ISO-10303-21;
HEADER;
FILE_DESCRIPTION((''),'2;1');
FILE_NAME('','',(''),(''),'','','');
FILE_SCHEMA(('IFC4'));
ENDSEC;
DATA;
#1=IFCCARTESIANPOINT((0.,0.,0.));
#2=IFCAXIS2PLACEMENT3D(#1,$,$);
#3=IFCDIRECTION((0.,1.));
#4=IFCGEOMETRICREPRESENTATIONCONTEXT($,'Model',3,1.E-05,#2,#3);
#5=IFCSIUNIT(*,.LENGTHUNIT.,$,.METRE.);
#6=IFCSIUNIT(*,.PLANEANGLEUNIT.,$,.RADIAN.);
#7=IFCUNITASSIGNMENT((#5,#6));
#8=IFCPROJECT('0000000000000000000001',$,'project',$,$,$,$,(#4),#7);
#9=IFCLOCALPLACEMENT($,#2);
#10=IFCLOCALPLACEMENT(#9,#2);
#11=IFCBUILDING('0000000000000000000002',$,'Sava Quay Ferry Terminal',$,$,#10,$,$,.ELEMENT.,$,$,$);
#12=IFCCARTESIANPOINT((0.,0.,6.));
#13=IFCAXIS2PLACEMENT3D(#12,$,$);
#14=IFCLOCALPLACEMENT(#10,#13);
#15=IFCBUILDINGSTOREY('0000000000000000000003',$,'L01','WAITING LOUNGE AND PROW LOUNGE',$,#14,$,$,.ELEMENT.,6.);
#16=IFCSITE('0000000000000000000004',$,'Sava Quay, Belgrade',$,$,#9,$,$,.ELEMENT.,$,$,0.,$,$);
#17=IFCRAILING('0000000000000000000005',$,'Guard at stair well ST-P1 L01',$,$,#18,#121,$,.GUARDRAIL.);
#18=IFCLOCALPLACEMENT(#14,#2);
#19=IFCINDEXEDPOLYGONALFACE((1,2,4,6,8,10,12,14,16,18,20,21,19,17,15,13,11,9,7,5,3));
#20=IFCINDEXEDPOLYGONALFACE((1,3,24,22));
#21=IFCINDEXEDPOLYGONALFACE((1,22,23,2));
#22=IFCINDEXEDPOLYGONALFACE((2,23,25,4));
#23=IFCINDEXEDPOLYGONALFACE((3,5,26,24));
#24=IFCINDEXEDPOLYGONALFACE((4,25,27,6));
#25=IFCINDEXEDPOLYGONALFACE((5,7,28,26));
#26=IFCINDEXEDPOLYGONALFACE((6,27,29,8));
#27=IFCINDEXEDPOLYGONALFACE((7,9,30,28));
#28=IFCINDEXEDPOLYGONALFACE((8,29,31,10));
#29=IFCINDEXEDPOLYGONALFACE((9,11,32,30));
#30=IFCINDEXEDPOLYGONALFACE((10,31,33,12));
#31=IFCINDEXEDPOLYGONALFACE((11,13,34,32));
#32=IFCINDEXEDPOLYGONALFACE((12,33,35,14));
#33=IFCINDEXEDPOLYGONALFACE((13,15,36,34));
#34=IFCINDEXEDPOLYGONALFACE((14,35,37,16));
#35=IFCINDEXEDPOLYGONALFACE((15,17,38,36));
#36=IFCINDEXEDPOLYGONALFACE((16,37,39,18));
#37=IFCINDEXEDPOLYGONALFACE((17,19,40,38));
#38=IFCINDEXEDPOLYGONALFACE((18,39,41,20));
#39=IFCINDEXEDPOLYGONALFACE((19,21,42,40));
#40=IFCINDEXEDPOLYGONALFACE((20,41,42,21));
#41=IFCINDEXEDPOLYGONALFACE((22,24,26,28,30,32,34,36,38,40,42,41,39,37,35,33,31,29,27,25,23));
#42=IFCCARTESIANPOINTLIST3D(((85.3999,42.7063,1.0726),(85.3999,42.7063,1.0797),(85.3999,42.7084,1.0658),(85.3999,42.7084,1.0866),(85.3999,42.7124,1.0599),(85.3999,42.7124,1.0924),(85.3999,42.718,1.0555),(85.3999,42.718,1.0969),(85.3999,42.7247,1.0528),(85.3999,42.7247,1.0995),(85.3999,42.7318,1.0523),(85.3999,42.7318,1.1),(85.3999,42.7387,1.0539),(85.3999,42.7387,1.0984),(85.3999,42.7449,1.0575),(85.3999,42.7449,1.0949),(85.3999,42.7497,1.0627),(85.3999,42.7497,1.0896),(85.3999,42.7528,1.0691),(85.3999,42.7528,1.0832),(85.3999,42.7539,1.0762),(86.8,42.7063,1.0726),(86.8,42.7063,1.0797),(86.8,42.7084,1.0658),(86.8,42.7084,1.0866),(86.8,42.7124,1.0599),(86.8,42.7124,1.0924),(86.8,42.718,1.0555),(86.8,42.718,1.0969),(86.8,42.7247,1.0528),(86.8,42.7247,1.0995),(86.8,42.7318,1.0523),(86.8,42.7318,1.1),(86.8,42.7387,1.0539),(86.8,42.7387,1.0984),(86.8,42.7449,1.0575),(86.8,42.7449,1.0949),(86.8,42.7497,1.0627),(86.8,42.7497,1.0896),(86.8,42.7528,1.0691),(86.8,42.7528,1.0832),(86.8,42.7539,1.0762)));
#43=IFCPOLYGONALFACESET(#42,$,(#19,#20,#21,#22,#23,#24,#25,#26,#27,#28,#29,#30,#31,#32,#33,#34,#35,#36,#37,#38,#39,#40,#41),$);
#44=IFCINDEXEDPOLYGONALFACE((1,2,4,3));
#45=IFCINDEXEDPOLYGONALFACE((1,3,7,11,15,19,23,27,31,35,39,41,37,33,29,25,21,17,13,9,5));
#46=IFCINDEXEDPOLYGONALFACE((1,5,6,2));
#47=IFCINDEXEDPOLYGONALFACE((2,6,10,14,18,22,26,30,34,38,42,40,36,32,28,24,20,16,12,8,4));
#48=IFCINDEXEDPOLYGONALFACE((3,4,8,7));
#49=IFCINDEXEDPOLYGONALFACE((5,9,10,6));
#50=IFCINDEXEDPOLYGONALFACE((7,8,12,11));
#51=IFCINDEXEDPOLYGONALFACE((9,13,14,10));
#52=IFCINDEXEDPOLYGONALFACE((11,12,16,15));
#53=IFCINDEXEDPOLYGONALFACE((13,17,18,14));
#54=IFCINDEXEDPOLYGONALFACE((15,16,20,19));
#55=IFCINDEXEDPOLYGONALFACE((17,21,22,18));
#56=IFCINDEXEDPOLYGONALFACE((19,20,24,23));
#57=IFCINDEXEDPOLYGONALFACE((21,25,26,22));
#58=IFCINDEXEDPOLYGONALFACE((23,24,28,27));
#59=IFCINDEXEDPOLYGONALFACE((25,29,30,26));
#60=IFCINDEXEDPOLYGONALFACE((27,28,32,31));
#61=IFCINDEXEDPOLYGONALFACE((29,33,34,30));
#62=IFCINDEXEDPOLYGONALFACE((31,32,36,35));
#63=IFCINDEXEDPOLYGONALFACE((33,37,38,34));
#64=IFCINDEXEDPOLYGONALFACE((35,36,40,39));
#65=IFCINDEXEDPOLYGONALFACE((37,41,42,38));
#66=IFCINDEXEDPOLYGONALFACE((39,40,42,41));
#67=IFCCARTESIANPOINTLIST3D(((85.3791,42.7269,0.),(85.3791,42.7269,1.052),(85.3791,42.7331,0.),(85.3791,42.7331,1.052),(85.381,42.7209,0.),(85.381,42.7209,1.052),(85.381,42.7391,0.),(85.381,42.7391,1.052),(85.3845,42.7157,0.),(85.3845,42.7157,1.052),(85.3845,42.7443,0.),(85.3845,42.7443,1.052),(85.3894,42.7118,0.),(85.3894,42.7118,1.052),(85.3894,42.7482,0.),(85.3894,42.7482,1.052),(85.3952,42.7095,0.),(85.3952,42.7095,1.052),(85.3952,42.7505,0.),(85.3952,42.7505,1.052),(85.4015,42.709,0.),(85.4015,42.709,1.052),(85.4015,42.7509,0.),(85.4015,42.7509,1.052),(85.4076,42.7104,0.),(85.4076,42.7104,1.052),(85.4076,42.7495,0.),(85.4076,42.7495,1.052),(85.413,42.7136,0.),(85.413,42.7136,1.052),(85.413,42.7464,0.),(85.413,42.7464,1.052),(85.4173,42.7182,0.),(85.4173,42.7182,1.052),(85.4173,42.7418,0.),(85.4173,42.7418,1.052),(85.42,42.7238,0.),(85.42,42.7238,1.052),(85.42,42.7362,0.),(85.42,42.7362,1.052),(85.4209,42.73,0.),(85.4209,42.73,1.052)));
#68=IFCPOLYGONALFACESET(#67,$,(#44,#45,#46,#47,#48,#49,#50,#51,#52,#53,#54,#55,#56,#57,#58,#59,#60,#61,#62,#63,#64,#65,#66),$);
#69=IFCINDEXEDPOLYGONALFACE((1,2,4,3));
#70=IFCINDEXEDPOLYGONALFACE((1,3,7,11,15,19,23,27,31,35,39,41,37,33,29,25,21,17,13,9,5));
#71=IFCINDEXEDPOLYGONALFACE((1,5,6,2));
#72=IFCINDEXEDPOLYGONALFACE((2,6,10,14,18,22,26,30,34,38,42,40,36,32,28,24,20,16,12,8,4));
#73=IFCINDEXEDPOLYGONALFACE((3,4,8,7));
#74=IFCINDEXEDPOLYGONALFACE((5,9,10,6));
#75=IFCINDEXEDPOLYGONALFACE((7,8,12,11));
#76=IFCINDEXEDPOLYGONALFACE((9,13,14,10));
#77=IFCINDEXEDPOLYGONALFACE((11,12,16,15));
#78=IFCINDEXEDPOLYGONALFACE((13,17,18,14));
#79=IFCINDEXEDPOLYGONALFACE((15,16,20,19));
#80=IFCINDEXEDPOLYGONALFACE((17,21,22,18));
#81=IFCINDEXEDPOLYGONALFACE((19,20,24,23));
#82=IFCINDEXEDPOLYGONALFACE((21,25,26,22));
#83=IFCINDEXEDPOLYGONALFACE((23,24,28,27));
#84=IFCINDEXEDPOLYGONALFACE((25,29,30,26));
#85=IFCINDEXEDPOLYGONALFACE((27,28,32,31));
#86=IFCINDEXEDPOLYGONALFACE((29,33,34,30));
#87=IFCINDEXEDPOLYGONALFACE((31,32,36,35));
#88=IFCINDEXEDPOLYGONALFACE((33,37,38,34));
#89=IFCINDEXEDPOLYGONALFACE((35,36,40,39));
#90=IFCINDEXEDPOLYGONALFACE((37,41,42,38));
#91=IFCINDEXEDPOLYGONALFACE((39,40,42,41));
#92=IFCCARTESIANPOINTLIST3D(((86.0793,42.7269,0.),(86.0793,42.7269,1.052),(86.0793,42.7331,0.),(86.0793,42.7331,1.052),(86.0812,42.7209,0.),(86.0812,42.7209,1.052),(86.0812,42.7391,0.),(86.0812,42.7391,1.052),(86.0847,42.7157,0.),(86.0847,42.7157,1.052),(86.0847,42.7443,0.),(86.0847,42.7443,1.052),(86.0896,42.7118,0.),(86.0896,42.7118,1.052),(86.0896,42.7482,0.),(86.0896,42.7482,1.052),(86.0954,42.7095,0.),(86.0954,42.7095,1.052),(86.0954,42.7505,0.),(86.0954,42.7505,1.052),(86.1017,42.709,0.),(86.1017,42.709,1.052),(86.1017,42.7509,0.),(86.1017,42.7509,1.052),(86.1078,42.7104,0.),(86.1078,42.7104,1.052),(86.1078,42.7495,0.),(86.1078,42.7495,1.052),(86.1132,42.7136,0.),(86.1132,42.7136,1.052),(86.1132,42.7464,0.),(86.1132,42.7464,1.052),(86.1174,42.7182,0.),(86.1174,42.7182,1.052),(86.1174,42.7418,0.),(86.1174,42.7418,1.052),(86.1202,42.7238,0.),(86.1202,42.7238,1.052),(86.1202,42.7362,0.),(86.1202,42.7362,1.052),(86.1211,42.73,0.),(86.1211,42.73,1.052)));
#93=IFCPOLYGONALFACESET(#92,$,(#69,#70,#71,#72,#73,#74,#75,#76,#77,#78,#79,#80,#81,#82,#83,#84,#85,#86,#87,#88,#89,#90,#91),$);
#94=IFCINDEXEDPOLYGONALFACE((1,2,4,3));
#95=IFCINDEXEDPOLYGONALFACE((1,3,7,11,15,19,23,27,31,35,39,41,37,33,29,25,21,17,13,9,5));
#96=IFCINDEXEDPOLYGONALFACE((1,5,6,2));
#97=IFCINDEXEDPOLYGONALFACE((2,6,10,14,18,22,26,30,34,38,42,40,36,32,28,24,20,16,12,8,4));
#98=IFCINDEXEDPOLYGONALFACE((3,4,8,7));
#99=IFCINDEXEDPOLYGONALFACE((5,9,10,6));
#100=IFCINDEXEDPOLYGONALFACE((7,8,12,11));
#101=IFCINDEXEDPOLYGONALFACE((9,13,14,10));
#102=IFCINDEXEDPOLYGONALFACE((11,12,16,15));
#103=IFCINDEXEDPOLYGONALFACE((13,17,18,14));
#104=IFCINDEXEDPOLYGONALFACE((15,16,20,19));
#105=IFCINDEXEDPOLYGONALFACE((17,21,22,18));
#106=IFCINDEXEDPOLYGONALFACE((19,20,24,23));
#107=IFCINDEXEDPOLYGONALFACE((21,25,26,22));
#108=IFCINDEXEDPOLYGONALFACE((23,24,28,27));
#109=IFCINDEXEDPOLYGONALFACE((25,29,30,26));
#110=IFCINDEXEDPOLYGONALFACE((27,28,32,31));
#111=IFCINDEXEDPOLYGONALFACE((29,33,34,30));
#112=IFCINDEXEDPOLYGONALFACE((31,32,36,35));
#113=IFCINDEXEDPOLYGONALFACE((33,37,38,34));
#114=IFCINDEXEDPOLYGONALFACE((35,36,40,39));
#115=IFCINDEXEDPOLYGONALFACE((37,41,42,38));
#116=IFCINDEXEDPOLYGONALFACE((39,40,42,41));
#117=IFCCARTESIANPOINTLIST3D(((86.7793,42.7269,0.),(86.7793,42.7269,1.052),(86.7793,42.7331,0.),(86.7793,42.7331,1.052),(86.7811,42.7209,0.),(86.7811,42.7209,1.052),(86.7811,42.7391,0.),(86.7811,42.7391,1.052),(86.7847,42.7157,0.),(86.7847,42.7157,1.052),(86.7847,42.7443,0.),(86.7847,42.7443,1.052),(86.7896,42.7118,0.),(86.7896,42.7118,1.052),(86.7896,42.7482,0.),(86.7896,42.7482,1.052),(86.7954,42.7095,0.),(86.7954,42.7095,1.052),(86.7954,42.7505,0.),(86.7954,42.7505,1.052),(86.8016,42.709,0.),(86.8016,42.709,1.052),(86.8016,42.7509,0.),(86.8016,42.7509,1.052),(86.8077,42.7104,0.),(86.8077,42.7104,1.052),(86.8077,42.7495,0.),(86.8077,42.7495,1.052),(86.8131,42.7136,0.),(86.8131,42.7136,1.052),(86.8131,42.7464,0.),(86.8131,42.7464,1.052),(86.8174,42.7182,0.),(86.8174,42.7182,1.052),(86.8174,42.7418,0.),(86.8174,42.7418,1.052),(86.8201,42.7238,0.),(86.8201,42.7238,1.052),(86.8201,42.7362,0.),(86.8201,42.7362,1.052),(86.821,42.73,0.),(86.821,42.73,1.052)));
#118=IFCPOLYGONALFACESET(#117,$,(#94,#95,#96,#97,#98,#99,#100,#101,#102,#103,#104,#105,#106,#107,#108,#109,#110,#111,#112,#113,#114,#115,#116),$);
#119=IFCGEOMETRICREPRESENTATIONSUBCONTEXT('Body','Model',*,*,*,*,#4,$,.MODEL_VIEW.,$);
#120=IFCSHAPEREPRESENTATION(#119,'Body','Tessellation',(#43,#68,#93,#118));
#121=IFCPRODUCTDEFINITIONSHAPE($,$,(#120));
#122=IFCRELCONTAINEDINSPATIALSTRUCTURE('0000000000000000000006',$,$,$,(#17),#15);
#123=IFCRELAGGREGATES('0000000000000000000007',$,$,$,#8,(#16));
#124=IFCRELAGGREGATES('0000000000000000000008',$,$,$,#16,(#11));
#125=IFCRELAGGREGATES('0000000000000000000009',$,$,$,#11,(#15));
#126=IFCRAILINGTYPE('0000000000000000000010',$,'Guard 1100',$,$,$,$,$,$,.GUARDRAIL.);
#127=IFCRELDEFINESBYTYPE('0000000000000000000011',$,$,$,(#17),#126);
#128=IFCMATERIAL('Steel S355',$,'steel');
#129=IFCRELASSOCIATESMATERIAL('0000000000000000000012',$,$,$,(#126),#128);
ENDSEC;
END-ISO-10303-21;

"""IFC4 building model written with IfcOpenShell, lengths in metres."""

from ifc_helpers import new_model, si_unit, direction, frame, origin, origin_2d, place, context, subcontext, project, spatial, circle, extrude, material, type_object, element, save


model = new_model("IFC4")

# Units and contexts
model_context = context("Model", 3, precision=1e-05, world=origin(), true_north=direction((0.0, 1.0)))
body_context = subcontext(model_context, "Body", "Model", "MODEL_VIEW")
ifc_project = project(units=[si_unit("LENGTHUNIT", "METRE"), si_unit("PLANEANGLEUNIT", "RADIAN")], contexts=[model_context])

# Site, building, storey
site_placement = place(None, origin())
site = spatial("IfcSite", under=ifc_project, at=site_placement, Name="Sava Quay, Belgrade", CompositionType="ELEMENT", RefElevation=0.0)
building_placement = place(site_placement, origin())
building = spatial("IfcBuilding", under=site, at=building_placement, Name="Sava Quay Ferry Terminal", CompositionType="ELEMENT")
storey_placement = place(building_placement, frame((0.0, 0.0, 6.0)))
storey = spatial("IfcBuildingStorey", under=building, at=storey_placement, Name="L01", Description="WAITING LOUNGE AND PROW LOUNGE", CompositionType="ELEMENT", Elevation=6.0)

# Railing
ifc_material_1 = material(Name="Steel S355", Category="steel")
railing_type_1 = type_object("IfcRailingType", Name="Guard 1100", PredefinedType="GUARDRAIL", material=ifc_material_1)
railing_1_placement = place(storey_placement, frame((85.3999, 42.73, 0.0)))
element("IfcRailing", 1, at=railing_1_placement, inside=storey, type_object=railing_type_1, Name="Guard at stair well ST-P1 L01", PredefinedType="GUARDRAIL", context=body_context, shape_type="SweptSolid", body=[
    extrude(circle(Radius=0.0239, at=origin_2d()), frame((0.0, 0.0, 1.0762), z_axis=(1.0, 0.0, 0.0), x_axis=(0.0, 1.0, 0.0)), (0.0, 0.0, 1.0), 1.4001),
    extrude(circle(Radius=0.021, at=origin_2d()), origin(), (0.0, 0.0, 1.0), 1.052),
    extrude(circle(Radius=0.021, at=origin_2d()), frame((0.7002, 0.0, 0.0)), (0.0, 0.0, 1.0), 1.052),
    extrude(circle(Radius=0.021, at=origin_2d()), frame((1.4001, 0.0, 0.0)), (0.0, 0.0, 1.0), 1.052),
])

save(model, "model.ifc")
